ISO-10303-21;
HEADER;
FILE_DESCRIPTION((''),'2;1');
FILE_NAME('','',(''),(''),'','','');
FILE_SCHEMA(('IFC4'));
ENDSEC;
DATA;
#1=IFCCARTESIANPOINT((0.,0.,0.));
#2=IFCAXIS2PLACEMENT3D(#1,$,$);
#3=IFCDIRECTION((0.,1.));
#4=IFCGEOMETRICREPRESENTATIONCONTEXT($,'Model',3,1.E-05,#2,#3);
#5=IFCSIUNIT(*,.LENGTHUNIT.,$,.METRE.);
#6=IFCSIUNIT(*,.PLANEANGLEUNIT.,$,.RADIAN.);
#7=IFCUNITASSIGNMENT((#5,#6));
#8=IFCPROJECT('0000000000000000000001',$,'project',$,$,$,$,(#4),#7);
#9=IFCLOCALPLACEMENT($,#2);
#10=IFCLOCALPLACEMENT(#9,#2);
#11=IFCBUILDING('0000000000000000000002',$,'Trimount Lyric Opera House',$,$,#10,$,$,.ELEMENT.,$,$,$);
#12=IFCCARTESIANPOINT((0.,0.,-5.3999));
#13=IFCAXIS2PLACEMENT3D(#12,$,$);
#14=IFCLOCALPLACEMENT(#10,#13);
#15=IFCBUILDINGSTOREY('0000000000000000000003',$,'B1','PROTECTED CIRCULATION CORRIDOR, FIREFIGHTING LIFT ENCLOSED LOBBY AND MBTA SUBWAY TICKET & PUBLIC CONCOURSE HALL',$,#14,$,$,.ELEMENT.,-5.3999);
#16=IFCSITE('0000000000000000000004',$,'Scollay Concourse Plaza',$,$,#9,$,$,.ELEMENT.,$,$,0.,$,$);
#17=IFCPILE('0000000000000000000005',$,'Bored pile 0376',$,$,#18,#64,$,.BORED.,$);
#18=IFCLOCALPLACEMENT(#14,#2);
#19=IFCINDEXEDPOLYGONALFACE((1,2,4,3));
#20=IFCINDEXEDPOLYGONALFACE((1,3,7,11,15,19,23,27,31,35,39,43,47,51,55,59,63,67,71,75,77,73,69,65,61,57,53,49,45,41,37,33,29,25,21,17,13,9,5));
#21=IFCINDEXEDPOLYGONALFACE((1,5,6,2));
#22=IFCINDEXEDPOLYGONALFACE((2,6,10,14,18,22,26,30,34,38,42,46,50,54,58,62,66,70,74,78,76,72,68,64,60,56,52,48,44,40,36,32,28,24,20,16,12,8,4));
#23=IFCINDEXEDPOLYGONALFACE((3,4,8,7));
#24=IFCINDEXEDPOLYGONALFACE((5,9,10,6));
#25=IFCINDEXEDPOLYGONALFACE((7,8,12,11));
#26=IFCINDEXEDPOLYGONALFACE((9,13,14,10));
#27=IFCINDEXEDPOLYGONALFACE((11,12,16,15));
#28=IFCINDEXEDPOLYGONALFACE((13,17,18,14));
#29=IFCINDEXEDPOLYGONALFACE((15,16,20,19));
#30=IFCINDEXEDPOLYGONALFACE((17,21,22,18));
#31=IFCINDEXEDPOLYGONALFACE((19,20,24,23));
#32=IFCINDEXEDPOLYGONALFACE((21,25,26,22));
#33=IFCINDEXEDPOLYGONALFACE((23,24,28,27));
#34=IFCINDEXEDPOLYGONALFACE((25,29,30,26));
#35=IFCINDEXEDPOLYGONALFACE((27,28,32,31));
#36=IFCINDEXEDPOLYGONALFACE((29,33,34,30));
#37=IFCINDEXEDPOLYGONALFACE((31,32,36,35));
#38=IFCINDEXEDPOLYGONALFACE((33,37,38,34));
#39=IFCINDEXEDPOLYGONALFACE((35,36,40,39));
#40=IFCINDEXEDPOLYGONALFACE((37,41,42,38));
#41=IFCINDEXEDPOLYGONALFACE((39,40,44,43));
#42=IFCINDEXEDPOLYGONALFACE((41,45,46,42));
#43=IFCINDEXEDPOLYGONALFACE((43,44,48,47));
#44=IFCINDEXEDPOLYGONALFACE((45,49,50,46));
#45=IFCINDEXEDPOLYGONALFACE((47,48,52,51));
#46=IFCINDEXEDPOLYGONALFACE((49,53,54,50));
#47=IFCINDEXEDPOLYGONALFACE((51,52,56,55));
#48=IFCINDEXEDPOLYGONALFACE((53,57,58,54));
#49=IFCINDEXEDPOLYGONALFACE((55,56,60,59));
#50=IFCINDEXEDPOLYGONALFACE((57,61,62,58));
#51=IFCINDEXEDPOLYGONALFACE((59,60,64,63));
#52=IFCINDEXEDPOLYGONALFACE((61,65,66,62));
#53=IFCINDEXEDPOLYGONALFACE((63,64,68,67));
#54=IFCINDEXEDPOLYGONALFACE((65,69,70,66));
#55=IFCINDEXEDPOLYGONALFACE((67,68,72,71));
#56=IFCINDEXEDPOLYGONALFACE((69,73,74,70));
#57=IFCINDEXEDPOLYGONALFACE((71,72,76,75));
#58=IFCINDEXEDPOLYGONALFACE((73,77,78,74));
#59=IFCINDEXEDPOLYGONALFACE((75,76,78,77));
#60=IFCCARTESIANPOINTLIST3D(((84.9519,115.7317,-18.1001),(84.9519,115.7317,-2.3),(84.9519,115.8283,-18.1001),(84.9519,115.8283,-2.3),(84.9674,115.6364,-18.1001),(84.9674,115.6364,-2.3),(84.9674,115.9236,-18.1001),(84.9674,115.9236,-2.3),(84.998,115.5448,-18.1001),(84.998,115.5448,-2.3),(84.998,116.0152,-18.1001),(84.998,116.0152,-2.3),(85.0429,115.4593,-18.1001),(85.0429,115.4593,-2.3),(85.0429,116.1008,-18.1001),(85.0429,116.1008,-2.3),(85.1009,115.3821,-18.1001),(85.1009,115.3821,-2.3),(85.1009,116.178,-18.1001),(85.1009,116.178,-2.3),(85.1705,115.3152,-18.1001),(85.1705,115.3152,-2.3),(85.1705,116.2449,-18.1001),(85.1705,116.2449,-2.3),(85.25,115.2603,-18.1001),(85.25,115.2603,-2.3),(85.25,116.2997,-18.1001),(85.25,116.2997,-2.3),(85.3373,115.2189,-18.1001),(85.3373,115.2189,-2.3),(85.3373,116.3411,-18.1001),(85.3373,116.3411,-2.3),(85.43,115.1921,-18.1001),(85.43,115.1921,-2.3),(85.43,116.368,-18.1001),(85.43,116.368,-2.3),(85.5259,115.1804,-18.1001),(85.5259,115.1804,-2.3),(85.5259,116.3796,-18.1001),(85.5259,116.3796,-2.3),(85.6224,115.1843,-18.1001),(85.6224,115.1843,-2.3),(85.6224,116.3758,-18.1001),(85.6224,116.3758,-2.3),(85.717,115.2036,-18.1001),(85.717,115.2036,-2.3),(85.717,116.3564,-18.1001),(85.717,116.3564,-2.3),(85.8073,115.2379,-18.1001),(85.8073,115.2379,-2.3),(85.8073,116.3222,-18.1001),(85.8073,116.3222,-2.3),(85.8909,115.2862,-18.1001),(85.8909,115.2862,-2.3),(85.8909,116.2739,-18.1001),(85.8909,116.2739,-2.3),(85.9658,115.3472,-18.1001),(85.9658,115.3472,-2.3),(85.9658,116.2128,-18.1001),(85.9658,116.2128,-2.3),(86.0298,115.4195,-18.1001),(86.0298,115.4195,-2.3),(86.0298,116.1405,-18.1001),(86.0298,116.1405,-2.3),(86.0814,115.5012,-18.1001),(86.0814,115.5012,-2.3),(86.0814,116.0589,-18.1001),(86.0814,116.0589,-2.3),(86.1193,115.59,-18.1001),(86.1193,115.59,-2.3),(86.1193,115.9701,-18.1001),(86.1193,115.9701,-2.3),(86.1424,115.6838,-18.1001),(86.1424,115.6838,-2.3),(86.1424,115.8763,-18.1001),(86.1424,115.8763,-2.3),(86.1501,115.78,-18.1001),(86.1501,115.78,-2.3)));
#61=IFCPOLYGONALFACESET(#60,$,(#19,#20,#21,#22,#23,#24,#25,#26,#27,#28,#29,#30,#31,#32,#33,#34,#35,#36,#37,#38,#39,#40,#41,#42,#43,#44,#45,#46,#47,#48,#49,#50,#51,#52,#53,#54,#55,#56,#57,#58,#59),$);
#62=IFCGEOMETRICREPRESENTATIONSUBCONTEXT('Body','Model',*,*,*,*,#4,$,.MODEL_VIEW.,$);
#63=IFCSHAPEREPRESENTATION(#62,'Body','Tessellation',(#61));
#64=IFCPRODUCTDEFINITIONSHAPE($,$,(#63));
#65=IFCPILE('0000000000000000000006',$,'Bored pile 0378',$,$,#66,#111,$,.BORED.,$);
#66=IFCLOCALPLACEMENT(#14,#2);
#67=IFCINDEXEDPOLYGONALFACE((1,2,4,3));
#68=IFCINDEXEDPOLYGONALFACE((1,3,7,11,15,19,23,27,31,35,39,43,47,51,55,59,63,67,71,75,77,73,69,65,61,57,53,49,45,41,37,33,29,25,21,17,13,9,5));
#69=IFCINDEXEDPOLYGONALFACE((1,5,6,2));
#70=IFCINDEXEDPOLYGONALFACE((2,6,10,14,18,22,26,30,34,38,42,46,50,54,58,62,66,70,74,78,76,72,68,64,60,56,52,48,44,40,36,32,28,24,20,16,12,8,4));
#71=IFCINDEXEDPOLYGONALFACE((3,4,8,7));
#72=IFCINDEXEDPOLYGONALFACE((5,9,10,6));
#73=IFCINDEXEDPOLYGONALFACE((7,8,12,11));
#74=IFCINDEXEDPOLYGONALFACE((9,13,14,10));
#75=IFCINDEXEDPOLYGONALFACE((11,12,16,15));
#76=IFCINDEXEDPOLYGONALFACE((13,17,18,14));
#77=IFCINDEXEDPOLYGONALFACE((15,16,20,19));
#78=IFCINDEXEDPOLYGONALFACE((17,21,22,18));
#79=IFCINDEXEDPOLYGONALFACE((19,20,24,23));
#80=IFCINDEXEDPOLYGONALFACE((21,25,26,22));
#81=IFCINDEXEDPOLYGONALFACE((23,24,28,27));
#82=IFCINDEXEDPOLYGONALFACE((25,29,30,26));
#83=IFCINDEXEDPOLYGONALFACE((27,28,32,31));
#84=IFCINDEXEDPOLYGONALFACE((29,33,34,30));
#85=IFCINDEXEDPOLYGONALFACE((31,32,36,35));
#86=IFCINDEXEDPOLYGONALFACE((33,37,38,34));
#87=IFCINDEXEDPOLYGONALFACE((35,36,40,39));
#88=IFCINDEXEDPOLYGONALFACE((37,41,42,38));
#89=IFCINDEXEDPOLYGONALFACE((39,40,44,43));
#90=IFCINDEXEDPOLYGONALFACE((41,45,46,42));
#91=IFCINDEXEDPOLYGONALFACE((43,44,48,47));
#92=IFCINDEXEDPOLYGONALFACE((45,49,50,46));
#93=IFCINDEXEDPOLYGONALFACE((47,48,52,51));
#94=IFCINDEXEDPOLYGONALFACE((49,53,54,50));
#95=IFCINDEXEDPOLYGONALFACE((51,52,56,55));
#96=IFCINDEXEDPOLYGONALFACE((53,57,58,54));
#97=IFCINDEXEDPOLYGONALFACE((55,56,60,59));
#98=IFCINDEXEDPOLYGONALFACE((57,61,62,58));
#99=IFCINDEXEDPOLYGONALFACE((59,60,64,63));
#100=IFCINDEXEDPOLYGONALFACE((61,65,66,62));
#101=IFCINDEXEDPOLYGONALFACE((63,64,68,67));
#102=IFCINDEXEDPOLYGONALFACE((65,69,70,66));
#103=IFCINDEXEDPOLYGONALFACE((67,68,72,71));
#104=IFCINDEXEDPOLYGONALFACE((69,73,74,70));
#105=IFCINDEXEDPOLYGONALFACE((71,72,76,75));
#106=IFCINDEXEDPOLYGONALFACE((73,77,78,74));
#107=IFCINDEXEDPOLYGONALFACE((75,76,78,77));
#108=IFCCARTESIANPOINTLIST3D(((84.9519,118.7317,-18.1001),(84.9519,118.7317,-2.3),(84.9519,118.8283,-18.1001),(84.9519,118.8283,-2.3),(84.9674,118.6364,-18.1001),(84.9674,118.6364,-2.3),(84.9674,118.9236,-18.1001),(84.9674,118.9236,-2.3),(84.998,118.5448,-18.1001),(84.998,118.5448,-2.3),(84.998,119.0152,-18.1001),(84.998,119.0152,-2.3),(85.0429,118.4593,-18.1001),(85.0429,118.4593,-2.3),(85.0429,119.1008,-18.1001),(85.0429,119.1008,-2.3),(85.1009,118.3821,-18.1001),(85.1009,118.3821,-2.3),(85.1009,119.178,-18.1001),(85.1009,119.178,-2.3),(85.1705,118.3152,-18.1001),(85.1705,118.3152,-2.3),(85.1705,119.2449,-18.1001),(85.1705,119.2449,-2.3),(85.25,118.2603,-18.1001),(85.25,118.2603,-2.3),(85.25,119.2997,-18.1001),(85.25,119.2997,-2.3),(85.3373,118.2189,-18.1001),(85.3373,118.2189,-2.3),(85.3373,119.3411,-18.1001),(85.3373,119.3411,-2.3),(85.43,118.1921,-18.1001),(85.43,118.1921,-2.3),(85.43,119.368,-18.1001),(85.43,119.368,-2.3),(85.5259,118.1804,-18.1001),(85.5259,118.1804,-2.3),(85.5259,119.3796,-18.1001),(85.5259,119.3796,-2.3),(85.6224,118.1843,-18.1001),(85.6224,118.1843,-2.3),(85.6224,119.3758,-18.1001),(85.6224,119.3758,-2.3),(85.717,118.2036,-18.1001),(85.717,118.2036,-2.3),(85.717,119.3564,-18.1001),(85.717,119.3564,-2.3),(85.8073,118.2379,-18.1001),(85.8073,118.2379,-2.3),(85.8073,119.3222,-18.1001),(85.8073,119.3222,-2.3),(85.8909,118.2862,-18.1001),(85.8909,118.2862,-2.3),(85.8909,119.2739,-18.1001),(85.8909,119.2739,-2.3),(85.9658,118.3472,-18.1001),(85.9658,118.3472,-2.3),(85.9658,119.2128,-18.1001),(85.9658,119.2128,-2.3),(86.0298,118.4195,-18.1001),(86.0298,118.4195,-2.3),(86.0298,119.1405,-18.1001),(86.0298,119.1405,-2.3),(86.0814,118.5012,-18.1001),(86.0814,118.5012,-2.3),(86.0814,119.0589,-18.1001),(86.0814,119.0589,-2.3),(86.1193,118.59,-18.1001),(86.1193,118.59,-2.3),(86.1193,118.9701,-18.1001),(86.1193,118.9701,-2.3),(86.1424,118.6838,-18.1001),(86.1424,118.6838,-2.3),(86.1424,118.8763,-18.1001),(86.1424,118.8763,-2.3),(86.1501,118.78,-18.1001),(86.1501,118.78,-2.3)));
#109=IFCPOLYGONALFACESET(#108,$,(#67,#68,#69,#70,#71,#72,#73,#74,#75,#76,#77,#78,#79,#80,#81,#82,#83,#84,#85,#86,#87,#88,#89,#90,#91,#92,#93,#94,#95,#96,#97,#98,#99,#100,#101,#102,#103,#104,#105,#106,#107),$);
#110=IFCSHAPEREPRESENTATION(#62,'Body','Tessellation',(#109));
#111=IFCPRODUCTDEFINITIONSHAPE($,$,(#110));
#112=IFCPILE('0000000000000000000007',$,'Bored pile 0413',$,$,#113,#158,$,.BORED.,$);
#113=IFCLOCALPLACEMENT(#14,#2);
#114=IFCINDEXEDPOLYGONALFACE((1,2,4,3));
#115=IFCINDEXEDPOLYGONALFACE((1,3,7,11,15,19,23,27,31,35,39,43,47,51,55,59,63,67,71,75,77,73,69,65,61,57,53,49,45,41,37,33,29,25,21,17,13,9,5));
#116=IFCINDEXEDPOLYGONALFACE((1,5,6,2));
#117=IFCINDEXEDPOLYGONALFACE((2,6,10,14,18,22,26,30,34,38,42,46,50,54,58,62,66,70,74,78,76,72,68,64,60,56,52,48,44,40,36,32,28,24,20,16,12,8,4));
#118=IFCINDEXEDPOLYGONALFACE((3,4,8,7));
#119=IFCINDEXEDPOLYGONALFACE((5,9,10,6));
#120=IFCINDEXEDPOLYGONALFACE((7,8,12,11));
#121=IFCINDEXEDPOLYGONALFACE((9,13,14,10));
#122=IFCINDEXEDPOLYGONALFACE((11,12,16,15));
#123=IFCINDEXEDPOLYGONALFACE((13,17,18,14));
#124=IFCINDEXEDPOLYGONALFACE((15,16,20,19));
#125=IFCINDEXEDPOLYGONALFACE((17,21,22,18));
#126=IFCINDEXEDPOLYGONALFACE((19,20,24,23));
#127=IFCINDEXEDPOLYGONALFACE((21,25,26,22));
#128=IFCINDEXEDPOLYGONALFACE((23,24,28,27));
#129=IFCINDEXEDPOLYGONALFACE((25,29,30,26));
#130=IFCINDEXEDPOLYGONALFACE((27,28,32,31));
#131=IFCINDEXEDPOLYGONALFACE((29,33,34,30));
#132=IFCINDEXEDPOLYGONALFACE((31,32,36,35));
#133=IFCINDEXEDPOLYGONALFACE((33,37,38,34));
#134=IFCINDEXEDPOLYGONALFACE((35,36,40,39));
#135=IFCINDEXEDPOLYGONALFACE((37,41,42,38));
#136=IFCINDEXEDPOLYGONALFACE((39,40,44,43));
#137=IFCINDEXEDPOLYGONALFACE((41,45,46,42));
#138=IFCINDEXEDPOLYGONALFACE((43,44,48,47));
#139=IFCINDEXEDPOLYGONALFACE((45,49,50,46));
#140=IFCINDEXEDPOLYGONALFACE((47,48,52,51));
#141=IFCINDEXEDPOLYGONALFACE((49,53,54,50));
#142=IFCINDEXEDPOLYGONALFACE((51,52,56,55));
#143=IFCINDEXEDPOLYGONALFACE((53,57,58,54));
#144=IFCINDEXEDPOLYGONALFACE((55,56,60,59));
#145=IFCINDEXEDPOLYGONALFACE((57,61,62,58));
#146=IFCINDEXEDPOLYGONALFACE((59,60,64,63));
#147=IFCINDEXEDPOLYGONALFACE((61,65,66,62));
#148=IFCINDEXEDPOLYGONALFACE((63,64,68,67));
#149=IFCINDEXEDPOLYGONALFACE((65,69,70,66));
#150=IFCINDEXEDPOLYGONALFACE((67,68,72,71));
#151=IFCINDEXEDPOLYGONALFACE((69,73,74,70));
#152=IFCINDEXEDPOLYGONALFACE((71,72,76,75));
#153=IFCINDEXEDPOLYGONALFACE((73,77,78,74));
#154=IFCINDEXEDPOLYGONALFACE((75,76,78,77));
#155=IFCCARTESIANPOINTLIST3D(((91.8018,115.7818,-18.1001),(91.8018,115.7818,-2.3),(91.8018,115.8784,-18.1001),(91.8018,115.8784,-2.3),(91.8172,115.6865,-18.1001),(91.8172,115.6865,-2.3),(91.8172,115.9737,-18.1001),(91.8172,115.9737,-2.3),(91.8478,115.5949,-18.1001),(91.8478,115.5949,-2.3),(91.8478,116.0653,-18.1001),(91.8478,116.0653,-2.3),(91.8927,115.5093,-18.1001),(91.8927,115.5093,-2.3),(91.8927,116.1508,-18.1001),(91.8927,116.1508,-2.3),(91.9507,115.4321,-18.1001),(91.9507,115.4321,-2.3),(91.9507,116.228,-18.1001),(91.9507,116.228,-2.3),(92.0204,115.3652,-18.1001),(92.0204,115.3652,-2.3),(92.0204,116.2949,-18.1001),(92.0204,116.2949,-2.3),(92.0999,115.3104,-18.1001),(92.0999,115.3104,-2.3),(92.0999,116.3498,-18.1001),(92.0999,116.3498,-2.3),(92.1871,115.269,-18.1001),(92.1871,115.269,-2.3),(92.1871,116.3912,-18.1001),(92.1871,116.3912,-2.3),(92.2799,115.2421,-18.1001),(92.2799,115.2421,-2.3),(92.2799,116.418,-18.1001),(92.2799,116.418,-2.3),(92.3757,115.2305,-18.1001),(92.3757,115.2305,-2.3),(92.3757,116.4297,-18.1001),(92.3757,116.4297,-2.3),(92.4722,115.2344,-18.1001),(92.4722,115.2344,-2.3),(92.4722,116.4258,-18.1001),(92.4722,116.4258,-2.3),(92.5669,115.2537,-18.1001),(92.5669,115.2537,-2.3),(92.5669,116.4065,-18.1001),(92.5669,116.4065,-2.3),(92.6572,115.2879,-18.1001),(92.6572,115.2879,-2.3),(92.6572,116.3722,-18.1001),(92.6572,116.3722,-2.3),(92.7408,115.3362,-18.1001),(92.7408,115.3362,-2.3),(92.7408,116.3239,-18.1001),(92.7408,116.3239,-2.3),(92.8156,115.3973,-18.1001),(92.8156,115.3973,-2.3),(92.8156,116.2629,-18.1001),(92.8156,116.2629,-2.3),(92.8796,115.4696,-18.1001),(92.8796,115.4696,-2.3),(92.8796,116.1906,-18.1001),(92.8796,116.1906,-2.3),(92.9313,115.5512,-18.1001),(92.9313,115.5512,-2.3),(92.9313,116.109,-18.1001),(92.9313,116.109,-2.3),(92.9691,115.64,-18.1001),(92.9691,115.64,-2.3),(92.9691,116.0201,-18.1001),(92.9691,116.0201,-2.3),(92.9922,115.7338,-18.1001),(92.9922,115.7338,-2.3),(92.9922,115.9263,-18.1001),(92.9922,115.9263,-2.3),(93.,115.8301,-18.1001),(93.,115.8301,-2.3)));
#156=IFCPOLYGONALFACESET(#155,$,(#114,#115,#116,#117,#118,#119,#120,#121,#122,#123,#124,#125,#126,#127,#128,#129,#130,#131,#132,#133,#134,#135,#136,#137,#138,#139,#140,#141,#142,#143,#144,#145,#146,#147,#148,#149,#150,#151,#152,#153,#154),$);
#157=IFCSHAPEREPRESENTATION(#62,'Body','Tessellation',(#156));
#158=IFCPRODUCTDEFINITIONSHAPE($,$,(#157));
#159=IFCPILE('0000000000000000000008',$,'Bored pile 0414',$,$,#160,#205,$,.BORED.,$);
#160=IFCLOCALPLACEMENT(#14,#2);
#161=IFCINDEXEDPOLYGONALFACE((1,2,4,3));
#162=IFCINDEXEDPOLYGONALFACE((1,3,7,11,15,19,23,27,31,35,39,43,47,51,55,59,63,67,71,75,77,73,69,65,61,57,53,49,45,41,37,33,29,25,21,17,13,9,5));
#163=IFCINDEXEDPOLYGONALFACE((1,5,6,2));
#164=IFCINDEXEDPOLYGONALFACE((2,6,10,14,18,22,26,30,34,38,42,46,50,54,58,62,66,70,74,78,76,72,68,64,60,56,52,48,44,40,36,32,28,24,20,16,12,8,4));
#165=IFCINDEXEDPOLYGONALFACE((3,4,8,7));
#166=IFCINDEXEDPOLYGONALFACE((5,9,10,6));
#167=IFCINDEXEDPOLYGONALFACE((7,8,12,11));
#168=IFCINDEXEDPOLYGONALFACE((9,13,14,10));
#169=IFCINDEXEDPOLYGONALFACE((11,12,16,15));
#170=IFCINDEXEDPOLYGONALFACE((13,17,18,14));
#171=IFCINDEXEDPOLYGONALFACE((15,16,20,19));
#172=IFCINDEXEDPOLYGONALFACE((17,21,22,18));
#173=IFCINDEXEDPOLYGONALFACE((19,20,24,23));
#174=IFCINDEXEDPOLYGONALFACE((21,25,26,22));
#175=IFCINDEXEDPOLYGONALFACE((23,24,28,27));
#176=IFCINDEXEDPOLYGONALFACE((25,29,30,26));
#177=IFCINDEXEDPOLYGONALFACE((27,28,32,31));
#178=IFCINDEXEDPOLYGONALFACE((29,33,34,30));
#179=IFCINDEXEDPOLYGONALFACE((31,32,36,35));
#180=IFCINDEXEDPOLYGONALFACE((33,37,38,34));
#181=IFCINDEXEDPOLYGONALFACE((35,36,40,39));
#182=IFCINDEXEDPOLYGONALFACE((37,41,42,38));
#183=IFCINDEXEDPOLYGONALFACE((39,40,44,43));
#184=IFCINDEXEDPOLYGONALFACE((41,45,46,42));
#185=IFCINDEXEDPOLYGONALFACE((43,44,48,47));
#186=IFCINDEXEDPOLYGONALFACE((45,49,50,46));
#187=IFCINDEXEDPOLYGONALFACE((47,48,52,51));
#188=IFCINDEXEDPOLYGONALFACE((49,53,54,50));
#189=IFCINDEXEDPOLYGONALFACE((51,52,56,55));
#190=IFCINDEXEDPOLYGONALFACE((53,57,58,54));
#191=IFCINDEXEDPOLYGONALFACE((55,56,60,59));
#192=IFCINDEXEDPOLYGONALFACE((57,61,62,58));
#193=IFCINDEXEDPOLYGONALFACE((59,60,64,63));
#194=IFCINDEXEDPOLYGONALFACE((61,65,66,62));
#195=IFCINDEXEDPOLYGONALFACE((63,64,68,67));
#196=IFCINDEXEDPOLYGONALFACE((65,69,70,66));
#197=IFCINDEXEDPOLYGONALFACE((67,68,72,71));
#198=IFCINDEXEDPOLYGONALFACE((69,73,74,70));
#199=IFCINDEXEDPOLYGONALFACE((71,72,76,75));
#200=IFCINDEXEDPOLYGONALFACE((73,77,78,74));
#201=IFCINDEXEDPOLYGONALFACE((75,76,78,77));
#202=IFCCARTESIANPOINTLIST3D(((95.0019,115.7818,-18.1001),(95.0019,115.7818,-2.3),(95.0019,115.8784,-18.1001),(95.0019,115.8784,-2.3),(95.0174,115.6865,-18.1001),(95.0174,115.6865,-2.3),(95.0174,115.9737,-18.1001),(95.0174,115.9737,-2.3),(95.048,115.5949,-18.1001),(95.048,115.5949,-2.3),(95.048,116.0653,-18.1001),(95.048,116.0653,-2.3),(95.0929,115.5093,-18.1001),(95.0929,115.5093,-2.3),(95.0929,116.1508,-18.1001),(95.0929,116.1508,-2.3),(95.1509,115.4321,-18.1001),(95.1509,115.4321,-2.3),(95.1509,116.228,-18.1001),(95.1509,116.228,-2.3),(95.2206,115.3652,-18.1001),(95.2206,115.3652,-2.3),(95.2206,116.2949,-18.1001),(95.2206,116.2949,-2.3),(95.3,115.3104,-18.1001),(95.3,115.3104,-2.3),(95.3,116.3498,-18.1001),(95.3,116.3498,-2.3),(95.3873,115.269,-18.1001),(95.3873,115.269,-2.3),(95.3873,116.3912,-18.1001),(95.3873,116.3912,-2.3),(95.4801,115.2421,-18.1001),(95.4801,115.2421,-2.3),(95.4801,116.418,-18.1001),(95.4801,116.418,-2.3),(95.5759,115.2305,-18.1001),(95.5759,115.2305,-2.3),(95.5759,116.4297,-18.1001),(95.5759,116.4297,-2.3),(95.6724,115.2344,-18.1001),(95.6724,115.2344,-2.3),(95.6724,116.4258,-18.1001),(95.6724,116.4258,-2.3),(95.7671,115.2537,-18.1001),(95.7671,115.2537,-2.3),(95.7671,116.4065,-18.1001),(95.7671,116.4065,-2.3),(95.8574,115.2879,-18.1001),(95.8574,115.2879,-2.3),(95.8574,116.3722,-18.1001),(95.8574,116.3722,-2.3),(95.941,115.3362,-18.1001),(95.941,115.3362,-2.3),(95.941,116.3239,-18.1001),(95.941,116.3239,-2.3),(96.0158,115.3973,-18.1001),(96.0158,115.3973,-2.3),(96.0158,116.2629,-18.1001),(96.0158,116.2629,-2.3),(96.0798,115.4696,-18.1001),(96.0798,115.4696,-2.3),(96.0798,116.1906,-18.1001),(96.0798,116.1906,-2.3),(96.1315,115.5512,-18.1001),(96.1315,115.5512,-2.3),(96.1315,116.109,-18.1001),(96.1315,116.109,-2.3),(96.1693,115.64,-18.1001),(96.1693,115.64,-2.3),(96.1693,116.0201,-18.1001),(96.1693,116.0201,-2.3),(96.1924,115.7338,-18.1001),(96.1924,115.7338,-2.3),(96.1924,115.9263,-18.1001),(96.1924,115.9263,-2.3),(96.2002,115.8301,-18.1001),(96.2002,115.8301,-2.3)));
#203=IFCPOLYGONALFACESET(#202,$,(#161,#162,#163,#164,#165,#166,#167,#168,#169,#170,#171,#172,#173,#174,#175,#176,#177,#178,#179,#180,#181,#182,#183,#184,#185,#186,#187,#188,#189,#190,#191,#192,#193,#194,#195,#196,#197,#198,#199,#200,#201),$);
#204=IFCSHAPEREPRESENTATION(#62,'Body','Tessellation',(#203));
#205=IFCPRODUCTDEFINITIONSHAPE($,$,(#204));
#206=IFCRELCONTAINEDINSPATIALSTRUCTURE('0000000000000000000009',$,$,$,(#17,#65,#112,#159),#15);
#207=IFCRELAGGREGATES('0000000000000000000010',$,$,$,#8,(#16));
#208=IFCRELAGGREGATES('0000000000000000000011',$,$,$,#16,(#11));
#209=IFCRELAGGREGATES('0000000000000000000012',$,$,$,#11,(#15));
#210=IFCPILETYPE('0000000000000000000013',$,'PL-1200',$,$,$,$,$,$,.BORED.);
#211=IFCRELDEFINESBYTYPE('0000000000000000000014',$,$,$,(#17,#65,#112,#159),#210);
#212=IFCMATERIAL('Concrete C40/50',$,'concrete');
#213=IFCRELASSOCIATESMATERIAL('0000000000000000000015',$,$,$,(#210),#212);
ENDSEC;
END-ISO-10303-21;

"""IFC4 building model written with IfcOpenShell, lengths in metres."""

from ifc_helpers import new_model, si_unit, direction, frame, origin, origin_2d, place, context, subcontext, project, spatial, circle, extrude, material, material_profile, profile_set, type_object, element, save


model = new_model("IFC4")

# Units and contexts
model_context = context("Model", 3, precision=1e-05, world=origin(), true_north=direction((0.0, 1.0)))
body_context = subcontext(model_context, "Body", "Model", "MODEL_VIEW")
ifc_project = project(units=[si_unit("LENGTHUNIT", "METRE"), si_unit("PLANEANGLEUNIT", "RADIAN")], contexts=[model_context])

# Site, building, storey
site_placement = place(None, origin())
site = spatial("IfcSite", under=ifc_project, at=site_placement, Name="Scollay Concourse Plaza", CompositionType="ELEMENT", RefElevation=0.0)
building_placement = place(site_placement, origin())
building = spatial("IfcBuilding", under=site, at=building_placement, Name="Trimount Lyric Opera House", CompositionType="ELEMENT")
storey_placement = place(building_placement, frame((0.0, 0.0, -5.3999)))
storey = spatial("IfcBuildingStorey", under=building, at=storey_placement, Name="B1", Description="PROTECTED CIRCULATION CORRIDOR, FIREFIGHTING LIFT ENCLOSED LOBBY AND MBTA SUBWAY TICKET & PUBLIC CONCOURSE HALL", CompositionType="ELEMENT", Elevation=-5.3999)

# Piles
ifc_material_1 = material(Name="Concrete C40/50", Category="concrete")
ifc_material_profile_1 = material_profile(ifc_material_1, circle(Radius=0.6001, at=origin_2d()), Name="PILE-D1200")
ifc_profile_set_1 = profile_set([ifc_material_profile_1], Name="Concrete C40/50")
pile_type_1 = type_object("IfcPileType", Name="PL-1200", PredefinedType="BORED", material=ifc_profile_set_1)
for number, where, z_axis, x_axis, name in (
    (1, (85.55, 115.78, -2.3), (0.0, 0.0, -1.0), (1.0, 0.0, 0.0), "Bored pile 0376"),
    (2, (85.55, 118.78, -2.3), (0.0, 0.0, -1.0), (1.0, 0.0, 0.0), "Bored pile 0378"),
    (3, (92.3999, 115.8301, -2.3), (0.0, 0.0, -1.0), (1.0, 0.0, 0.0), "Bored pile 0413"),
    (4, (95.6001, 115.8301, -2.3), (0.0, 0.0, -1.0), (1.0, 0.0, 0.0), "Bored pile 0414"),
):
    element("IfcPile", number, at=place(storey_placement, frame(where, z_axis=z_axis, x_axis=x_axis)), inside=storey, type_object=pile_type_1, Name=name, PredefinedType="BORED", context=body_context, shape_type="SweptSolid", body=[
        extrude(circle(Radius=0.6001, at=origin_2d()), origin(), (0.0, 0.0, 1.0), 15.8),
    ])

save(model, "model.ifc")
